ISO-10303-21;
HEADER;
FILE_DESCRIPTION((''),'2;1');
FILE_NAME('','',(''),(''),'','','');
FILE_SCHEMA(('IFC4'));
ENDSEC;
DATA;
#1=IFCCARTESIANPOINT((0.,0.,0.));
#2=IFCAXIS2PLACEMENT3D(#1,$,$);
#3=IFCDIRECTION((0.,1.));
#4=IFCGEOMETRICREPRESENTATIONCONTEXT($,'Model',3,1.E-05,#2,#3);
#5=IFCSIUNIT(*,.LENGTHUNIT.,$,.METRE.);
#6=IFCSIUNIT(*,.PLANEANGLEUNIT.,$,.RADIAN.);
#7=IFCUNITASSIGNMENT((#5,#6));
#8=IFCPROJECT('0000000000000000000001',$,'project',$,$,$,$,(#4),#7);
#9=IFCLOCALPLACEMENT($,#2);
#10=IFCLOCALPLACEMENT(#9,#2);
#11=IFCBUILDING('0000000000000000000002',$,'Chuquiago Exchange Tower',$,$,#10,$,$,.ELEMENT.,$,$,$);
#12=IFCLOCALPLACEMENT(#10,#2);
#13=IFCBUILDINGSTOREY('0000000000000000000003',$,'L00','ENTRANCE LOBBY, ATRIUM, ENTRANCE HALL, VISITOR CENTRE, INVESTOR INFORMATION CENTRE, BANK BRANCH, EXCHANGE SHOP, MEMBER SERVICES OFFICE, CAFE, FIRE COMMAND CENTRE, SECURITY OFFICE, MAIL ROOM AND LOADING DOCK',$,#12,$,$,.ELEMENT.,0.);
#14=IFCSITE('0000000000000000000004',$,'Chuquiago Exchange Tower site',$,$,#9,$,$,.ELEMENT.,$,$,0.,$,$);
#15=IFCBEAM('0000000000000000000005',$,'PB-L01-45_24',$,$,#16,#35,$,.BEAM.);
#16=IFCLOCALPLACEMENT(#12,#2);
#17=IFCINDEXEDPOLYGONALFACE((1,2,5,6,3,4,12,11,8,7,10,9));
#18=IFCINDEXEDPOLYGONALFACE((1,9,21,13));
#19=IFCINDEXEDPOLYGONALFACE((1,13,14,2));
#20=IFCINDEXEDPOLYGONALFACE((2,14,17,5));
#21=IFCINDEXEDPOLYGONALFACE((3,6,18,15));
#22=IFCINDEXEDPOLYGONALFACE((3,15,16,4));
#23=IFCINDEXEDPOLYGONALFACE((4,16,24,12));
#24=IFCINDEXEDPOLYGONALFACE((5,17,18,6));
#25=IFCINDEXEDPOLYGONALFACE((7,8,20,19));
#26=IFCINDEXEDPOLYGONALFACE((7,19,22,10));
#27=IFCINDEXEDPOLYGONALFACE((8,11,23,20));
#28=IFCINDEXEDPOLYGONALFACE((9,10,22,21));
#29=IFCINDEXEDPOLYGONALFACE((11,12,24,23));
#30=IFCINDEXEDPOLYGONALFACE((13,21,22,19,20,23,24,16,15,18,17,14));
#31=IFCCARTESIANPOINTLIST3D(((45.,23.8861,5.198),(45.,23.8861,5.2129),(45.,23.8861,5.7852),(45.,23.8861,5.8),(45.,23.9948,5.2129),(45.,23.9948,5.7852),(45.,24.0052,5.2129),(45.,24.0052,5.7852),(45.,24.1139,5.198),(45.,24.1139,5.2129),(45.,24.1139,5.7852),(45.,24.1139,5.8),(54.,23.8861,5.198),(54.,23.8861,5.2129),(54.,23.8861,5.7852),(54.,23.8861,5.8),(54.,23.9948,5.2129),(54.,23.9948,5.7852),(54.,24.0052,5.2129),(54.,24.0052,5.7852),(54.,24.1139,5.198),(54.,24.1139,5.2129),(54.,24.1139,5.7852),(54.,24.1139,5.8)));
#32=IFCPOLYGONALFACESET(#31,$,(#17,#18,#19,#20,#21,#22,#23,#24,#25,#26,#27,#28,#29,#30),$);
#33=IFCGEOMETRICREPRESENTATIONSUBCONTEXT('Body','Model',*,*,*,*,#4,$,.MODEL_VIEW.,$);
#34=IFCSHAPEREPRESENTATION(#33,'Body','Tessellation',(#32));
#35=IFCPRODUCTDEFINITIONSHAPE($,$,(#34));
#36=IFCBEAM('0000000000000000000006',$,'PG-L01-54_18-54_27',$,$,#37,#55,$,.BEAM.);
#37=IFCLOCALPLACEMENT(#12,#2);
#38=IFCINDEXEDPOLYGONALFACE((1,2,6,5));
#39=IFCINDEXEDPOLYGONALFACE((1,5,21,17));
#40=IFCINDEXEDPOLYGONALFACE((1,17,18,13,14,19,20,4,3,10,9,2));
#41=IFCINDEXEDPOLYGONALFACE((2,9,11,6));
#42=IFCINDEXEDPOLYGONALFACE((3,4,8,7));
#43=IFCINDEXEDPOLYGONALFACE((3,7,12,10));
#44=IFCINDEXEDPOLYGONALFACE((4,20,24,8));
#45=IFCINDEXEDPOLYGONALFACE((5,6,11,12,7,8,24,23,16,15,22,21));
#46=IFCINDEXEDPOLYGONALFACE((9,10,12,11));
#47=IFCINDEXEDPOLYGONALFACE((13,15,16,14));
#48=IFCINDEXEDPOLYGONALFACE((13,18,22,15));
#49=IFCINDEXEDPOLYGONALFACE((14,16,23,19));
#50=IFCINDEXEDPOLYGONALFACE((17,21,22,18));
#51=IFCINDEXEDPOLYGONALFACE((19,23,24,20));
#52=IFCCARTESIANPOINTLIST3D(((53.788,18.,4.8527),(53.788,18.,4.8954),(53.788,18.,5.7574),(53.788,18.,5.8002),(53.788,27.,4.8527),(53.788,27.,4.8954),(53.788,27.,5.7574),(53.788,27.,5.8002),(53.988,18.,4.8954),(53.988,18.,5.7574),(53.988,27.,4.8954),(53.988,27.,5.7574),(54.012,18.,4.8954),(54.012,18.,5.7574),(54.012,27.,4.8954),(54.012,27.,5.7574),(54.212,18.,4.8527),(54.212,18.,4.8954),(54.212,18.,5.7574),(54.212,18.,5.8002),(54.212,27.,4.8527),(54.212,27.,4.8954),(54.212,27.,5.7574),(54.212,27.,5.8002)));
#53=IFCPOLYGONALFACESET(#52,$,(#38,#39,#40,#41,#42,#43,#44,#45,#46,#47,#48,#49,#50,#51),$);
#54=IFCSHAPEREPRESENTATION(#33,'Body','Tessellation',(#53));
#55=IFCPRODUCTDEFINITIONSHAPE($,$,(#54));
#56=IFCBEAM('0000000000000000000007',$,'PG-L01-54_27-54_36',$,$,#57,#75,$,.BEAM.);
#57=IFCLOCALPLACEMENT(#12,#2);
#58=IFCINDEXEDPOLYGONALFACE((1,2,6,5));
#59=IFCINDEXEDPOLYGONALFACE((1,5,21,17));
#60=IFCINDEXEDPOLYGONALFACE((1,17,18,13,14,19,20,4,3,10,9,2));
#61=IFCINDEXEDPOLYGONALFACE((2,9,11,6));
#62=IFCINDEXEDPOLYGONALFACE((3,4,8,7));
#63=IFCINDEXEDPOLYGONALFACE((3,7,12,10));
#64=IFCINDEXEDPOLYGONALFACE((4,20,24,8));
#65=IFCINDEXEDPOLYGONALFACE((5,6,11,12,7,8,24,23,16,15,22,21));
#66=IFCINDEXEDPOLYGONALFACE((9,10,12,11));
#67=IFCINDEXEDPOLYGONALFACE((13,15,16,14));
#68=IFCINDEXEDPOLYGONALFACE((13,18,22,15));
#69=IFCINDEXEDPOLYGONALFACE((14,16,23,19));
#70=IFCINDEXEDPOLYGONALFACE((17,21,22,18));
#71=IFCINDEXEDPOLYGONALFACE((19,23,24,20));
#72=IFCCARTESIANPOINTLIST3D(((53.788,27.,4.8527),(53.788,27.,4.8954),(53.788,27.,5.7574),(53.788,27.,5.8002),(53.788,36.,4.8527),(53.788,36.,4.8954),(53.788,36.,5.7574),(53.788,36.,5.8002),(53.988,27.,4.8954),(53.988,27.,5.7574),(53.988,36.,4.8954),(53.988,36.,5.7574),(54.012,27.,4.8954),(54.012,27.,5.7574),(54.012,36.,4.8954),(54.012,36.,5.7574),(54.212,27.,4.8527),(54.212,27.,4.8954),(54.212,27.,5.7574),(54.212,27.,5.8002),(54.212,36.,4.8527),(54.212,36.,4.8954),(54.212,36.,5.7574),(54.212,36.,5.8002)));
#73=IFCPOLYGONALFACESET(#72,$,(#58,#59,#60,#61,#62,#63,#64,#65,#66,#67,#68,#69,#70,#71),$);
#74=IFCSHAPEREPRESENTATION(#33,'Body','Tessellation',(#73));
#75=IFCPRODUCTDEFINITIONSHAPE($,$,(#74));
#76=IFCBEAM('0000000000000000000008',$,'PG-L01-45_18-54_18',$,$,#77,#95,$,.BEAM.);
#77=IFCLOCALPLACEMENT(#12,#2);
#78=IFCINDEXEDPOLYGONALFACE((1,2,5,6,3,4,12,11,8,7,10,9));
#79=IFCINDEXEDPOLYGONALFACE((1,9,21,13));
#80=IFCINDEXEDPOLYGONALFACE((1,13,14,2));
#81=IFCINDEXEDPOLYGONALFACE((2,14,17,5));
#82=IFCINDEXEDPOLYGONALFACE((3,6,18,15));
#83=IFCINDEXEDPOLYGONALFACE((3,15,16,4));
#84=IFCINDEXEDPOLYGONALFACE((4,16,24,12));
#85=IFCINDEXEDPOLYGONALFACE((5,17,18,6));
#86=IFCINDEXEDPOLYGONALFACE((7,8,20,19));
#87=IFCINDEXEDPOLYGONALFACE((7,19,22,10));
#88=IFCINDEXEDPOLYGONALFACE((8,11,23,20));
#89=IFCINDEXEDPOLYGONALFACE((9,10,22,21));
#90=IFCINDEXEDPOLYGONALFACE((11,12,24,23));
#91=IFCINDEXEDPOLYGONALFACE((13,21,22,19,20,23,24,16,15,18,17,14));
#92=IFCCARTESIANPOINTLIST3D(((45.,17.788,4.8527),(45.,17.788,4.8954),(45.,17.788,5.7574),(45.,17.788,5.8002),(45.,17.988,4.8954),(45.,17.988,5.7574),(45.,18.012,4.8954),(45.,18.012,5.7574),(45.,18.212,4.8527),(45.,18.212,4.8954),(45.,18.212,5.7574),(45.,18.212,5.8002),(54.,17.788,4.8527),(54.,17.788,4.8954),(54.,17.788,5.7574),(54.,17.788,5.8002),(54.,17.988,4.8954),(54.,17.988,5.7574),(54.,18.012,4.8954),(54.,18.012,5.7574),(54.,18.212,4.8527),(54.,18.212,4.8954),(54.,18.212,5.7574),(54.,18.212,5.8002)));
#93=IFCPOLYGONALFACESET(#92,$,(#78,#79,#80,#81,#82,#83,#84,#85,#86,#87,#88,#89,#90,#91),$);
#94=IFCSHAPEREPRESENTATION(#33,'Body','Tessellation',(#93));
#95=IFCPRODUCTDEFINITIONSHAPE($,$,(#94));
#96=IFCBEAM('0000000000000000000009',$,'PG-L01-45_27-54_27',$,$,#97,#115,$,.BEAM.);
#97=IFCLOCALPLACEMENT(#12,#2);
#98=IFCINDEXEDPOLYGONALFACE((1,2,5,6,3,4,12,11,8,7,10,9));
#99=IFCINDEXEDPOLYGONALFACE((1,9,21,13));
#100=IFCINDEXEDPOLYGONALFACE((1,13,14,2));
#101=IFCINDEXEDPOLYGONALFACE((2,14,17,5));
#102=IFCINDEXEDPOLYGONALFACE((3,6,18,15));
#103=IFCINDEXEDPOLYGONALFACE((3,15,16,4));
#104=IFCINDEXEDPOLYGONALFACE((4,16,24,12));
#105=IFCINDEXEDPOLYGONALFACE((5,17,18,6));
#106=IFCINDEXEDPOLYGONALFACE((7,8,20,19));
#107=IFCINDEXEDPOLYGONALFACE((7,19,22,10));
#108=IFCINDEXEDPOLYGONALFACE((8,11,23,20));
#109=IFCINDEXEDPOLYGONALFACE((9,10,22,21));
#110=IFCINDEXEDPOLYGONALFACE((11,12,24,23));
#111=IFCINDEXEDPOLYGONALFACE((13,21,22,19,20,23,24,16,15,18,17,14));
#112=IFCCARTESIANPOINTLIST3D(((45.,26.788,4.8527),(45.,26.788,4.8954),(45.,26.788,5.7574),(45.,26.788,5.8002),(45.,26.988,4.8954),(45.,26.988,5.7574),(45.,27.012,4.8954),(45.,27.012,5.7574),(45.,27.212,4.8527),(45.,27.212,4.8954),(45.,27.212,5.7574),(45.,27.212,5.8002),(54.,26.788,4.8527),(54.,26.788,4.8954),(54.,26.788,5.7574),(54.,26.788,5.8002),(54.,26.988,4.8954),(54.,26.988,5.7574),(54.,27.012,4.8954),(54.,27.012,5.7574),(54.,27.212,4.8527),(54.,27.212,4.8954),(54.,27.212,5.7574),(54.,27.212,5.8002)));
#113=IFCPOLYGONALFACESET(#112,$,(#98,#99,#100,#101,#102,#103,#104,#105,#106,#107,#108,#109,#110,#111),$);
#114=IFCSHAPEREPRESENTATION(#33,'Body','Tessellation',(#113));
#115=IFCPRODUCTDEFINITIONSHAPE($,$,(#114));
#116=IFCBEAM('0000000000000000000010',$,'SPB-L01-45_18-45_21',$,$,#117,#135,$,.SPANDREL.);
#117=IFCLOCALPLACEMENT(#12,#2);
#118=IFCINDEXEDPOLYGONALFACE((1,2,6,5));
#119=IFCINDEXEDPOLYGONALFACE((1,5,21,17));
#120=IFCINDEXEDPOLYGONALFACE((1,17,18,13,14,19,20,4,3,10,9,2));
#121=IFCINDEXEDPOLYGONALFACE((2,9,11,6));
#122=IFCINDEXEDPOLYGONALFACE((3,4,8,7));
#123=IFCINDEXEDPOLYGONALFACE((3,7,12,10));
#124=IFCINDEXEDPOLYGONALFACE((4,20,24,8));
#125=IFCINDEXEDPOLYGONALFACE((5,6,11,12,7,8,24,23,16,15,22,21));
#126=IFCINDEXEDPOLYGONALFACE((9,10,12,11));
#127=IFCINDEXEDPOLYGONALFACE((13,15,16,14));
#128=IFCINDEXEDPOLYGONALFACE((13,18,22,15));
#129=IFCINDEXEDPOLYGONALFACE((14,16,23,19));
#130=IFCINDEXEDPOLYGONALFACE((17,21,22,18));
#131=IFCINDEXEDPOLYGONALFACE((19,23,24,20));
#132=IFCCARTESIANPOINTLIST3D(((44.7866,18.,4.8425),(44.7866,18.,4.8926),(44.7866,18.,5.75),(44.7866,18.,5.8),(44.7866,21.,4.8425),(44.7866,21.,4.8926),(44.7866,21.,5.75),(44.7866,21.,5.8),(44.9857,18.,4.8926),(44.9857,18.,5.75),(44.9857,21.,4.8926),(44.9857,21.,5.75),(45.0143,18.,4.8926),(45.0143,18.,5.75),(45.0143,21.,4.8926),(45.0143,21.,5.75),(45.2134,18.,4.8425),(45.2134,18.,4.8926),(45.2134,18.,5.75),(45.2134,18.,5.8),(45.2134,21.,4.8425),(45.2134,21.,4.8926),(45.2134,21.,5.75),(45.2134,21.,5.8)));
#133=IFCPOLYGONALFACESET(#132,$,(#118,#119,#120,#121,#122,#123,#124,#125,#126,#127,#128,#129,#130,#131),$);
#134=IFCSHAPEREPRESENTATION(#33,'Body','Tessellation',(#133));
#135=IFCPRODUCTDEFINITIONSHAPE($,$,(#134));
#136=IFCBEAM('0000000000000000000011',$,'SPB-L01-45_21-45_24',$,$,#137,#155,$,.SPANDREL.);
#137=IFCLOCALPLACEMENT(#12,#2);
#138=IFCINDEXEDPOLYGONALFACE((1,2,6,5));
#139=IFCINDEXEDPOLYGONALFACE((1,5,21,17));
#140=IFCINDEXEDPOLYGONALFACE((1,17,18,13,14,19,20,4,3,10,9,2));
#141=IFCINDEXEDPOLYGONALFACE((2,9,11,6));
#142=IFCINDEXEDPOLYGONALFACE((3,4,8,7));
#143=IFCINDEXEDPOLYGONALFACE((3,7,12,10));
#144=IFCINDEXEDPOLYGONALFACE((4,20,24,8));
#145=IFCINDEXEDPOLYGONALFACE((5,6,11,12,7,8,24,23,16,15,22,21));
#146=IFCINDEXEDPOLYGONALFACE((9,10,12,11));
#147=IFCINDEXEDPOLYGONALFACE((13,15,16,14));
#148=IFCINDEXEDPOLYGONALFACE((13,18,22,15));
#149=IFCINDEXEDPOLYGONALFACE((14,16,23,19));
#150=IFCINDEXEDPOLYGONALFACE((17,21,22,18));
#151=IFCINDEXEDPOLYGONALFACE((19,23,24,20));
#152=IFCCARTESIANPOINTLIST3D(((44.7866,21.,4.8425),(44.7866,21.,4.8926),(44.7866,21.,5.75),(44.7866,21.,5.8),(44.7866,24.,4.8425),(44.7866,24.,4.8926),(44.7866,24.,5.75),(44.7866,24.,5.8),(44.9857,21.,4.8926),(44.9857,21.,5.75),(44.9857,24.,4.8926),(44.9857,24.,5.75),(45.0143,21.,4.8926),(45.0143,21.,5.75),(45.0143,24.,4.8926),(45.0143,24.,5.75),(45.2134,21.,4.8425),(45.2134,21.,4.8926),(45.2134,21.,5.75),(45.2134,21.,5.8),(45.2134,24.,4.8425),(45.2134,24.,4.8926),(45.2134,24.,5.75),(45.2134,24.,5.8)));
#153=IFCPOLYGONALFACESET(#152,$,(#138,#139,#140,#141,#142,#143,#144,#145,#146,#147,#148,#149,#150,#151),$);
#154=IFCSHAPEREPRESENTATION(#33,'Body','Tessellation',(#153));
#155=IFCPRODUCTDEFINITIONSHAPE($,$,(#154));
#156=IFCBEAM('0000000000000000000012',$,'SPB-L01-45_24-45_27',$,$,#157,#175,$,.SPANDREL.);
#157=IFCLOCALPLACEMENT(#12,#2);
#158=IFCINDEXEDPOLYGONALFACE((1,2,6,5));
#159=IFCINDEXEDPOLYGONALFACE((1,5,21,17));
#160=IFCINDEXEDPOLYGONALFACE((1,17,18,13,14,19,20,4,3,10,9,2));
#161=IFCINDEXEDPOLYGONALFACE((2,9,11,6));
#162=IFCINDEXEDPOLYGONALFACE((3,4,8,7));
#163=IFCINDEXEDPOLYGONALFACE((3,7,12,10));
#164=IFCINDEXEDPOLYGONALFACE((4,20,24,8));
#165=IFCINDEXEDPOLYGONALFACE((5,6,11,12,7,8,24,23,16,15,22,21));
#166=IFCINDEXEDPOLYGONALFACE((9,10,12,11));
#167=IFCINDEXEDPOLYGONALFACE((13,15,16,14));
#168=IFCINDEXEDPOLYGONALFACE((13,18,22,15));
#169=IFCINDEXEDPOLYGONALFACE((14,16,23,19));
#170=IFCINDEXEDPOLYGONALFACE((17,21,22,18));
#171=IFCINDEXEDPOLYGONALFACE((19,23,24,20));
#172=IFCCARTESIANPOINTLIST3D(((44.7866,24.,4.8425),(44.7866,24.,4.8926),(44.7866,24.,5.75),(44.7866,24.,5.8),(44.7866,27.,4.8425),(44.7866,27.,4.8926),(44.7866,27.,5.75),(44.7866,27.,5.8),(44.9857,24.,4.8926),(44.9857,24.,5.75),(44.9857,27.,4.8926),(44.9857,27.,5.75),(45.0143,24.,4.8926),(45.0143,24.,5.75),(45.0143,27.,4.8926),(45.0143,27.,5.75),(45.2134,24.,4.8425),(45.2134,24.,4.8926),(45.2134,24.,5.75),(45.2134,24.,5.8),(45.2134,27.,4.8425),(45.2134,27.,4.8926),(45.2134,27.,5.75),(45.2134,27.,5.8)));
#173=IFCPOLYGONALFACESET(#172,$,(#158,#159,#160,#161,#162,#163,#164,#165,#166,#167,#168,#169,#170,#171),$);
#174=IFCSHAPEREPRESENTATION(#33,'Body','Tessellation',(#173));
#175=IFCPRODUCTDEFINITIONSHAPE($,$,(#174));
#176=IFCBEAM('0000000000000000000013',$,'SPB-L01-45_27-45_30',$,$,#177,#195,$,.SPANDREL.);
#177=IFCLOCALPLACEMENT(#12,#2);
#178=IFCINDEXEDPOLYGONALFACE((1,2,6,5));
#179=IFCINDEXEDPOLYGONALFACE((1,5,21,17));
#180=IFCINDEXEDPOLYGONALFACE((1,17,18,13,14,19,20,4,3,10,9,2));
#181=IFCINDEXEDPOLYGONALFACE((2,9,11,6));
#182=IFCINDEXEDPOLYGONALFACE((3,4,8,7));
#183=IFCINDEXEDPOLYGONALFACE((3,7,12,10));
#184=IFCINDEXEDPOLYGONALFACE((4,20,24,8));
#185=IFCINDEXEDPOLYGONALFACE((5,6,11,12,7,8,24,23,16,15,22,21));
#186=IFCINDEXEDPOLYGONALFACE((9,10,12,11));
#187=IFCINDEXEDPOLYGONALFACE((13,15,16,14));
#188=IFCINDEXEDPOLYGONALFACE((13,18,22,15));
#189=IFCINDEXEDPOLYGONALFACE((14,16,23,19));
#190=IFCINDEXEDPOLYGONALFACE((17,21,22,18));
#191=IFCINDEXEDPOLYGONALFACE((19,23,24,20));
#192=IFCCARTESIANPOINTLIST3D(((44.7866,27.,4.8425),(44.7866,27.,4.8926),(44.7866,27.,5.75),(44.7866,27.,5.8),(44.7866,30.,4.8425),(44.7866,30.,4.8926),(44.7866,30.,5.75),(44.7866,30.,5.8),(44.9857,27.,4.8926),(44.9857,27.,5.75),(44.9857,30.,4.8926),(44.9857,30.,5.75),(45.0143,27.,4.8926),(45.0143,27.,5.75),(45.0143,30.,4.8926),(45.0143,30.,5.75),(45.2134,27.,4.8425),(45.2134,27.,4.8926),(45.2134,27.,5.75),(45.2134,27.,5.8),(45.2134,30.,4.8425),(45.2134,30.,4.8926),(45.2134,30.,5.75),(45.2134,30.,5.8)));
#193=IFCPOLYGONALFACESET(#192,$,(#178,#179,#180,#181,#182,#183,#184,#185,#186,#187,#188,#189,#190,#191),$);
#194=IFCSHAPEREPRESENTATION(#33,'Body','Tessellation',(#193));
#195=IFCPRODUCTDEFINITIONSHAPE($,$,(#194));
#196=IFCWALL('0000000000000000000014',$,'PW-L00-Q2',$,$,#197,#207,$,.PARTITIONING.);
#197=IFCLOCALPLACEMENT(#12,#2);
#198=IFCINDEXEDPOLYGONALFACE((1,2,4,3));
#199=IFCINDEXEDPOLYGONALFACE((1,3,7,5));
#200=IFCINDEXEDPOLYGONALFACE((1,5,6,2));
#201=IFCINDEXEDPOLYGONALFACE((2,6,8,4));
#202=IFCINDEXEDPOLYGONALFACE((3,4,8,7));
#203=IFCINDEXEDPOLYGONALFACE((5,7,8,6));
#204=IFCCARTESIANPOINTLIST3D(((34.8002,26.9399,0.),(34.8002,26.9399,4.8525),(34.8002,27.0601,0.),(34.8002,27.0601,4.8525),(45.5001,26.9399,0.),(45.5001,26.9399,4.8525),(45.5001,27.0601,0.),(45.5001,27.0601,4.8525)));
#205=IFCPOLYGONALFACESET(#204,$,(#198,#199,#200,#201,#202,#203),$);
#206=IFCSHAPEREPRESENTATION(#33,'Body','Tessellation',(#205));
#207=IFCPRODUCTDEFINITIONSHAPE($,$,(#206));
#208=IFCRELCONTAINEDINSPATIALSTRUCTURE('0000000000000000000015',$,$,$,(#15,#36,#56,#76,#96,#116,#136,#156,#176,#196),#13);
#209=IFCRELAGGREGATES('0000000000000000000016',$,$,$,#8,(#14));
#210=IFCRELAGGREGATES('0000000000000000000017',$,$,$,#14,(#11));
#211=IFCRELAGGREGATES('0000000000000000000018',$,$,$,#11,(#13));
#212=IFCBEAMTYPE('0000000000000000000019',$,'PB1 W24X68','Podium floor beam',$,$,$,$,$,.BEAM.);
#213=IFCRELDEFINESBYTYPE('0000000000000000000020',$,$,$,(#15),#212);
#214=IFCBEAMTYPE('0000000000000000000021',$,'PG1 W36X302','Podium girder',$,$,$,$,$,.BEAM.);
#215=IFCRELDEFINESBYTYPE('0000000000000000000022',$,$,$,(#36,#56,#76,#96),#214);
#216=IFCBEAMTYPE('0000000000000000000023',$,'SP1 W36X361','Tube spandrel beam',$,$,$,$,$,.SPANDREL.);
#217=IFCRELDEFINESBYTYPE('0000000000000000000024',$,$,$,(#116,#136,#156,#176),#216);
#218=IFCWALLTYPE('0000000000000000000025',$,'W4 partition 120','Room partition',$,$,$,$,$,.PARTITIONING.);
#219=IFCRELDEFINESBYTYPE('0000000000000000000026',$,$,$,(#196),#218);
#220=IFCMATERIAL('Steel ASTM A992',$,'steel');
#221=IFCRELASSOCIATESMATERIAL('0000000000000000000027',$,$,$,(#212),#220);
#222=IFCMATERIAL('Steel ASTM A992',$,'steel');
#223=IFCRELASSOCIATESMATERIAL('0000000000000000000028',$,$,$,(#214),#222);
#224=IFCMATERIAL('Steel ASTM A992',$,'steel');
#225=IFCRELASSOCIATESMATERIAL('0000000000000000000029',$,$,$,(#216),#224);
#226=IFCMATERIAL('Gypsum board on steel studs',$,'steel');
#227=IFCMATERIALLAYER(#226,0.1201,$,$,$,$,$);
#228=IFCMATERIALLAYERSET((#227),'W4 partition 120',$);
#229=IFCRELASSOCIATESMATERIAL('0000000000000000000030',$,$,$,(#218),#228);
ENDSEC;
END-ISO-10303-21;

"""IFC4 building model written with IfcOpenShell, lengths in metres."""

from ifc_helpers import new_model, si_unit, direction, frame, frame_2d, origin, origin_2d, place, context, subcontext, project, spatial, rectangle, i_section, extrude, material, layer, layer_set, material_profile, profile_set, type_object, element, save


model = new_model("IFC4")

# Units and contexts
model_context = context("Model", 3, precision=1e-05, world=origin(), true_north=direction((0.0, 1.0)))
body_context = subcontext(model_context, "Body", "Model", "MODEL_VIEW")
ifc_project = project(units=[si_unit("LENGTHUNIT", "METRE"), si_unit("PLANEANGLEUNIT", "RADIAN")], contexts=[model_context])

# Site, building, storey
site_placement = place(None, origin())
site = spatial("IfcSite", under=ifc_project, at=site_placement, Name="Chuquiago Exchange Tower site", CompositionType="ELEMENT", RefElevation=0.0)
building_placement = place(site_placement, origin())
building = spatial("IfcBuilding", under=site, at=building_placement, Name="Chuquiago Exchange Tower", CompositionType="ELEMENT")
storey_placement = place(building_placement, origin())
storey = spatial("IfcBuildingStorey", under=building, at=storey_placement, Name="L00", Description="ENTRANCE LOBBY, ATRIUM, ENTRANCE HALL, VISITOR CENTRE, INVESTOR INFORMATION CENTRE, BANK BRANCH, EXCHANGE SHOP, MEMBER SERVICES OFFICE, CAFE, FIRE COMMAND CENTRE, SECURITY OFFICE, MAIL ROOM AND LOADING DOCK", CompositionType="ELEMENT", Elevation=0.0)

# Beams
ifc_material_1 = material(Name="Steel ASTM A992", Category="steel")
ifc_material_profile_1 = material_profile(ifc_material_1, i_section(OverallWidth=0.2278, OverallDepth=0.6021, WebThickness=0.0105, FlangeThickness=0.0149, at=origin_2d()), Name="W24X68")
ifc_profile_set_1 = profile_set([ifc_material_profile_1], Name="Steel ASTM A992")
beam_type_1 = type_object("IfcBeamType", Name="PB1 W24X68", Description="Podium floor beam", PredefinedType="BEAM", material=ifc_profile_set_1)
for number, where, z_axis, x_axis, name in (
    (1, (45.0, 24.0, 5.499), (1.0, 0.0, 0.0), (0.0, 1.0, 0.0), "PB-L01-45_24"),
):
    element("IfcBeam", number, at=place(storey_placement, frame(where, z_axis=z_axis, x_axis=x_axis)), inside=storey, type_object=beam_type_1, Name=name, PredefinedType="BEAM", context=body_context, shape_type="SweptSolid", body=[
        extrude(i_section(OverallWidth=0.2278, OverallDepth=0.6021, WebThickness=0.0105, FlangeThickness=0.0149, at=origin_2d()), origin(), (0.0, 0.0, 1.0), 9.0),
    ])
ifc_material_2 = material(Name="Steel ASTM A992", Category="steel")
ifc_material_profile_2 = material_profile(ifc_material_2, i_section(OverallWidth=0.4241, OverallDepth=0.9475, WebThickness=0.0239, FlangeThickness=0.0427, at=origin_2d()), Name="W36X302")
ifc_profile_set_2 = profile_set([ifc_material_profile_2], Name="Steel ASTM A992")
beam_type_2 = type_object("IfcBeamType", Name="PG1 W36X302", Description="Podium girder", PredefinedType="BEAM", material=ifc_profile_set_2)
for number, where, z_axis, x_axis, name in (
    (2, (54.0, 18.0, 5.3264), (0.0, 1.0, 0.0), (-1.0, 0.0, 0.0), "PG-L01-54_18-54_27"),
    (3, (54.0, 27.0, 5.3264), (0.0, 1.0, 0.0), (-1.0, 0.0, 0.0), "PG-L01-54_27-54_36"),
    (4, (45.0, 18.0, 5.3264), (1.0, 0.0, 0.0), (0.0, 1.0, 0.0), "PG-L01-45_18-54_18"),
    (5, (45.0, 27.0, 5.3264), (1.0, 0.0, 0.0), (0.0, 1.0, 0.0), "PG-L01-45_27-54_27"),
):
    element("IfcBeam", number, at=place(storey_placement, frame(where, z_axis=z_axis, x_axis=x_axis)), inside=storey, type_object=beam_type_2, Name=name, PredefinedType="BEAM", context=body_context, shape_type="SweptSolid", body=[
        extrude(i_section(OverallWidth=0.4241, OverallDepth=0.9475, WebThickness=0.0239, FlangeThickness=0.0427, at=origin_2d()), origin(), (0.0, 0.0, 1.0), 9.0),
    ])
ifc_material_3 = material(Name="Steel ASTM A992", Category="steel")
ifc_material_profile_3 = material_profile(ifc_material_3, i_section(OverallWidth=0.4268, OverallDepth=0.9575, WebThickness=0.0286, FlangeThickness=0.05, at=origin_2d()), Name="W36X361")
ifc_profile_set_3 = profile_set([ifc_material_profile_3], Name="Steel ASTM A992")
beam_type_3 = type_object("IfcBeamType", Name="SP1 W36X361", Description="Tube spandrel beam", PredefinedType="SPANDREL", material=ifc_profile_set_3)
for number, where, z_axis, x_axis, name in (
    (6, (45.0, 18.0, 5.3213), (0.0, 1.0, 0.0), (-1.0, 0.0, 0.0), "SPB-L01-45_18-45_21"),
    (7, (45.0, 21.0, 5.3213), (0.0, 1.0, 0.0), (-1.0, 0.0, 0.0), "SPB-L01-45_21-45_24"),
    (8, (45.0, 24.0, 5.3213), (0.0, 1.0, 0.0), (-1.0, 0.0, 0.0), "SPB-L01-45_24-45_27"),
    (9, (45.0, 27.0, 5.3213), (0.0, 1.0, 0.0), (-1.0, 0.0, 0.0), "SPB-L01-45_27-45_30"),
):
    element("IfcBeam", number, at=place(storey_placement, frame(where, z_axis=z_axis, x_axis=x_axis)), inside=storey, type_object=beam_type_3, Name=name, PredefinedType="SPANDREL", context=body_context, shape_type="SweptSolid", body=[
        extrude(i_section(OverallWidth=0.4268, OverallDepth=0.9575, WebThickness=0.0286, FlangeThickness=0.05, at=origin_2d()), origin(), (0.0, 0.0, 1.0), 3.0),
    ])

# Wall
ifc_material_4 = material(Name="Gypsum board on steel studs", Category="steel")
ifc_layer_1 = layer(ifc_material_4, 0.1201)
ifc_layer_set_1 = layer_set([ifc_layer_1], Name="W4 partition 120")
wall_type_1 = type_object("IfcWallType", Name="W4 partition 120", Description="Room partition", PredefinedType="PARTITIONING", material=ifc_layer_set_1)
wall_1_placement = place(storey_placement, frame((34.8, 27.0, 0.0), z_axis=(0.0, 0.0, 1.0), x_axis=(1.0, 0.0, 0.0)))
element("IfcWall", 10, at=wall_1_placement, inside=storey, type_object=wall_type_1, Name="PW-L00-Q2", PredefinedType="PARTITIONING", context=body_context, shape_type="SweptSolid", body=[
    extrude(rectangle(XDim=10.7, YDim=0.1201, at=frame_2d((5.3501, 0.0))), origin(), (0.0, 0.0, 1.0), 4.8525),
])

save(model, "model.ifc")
